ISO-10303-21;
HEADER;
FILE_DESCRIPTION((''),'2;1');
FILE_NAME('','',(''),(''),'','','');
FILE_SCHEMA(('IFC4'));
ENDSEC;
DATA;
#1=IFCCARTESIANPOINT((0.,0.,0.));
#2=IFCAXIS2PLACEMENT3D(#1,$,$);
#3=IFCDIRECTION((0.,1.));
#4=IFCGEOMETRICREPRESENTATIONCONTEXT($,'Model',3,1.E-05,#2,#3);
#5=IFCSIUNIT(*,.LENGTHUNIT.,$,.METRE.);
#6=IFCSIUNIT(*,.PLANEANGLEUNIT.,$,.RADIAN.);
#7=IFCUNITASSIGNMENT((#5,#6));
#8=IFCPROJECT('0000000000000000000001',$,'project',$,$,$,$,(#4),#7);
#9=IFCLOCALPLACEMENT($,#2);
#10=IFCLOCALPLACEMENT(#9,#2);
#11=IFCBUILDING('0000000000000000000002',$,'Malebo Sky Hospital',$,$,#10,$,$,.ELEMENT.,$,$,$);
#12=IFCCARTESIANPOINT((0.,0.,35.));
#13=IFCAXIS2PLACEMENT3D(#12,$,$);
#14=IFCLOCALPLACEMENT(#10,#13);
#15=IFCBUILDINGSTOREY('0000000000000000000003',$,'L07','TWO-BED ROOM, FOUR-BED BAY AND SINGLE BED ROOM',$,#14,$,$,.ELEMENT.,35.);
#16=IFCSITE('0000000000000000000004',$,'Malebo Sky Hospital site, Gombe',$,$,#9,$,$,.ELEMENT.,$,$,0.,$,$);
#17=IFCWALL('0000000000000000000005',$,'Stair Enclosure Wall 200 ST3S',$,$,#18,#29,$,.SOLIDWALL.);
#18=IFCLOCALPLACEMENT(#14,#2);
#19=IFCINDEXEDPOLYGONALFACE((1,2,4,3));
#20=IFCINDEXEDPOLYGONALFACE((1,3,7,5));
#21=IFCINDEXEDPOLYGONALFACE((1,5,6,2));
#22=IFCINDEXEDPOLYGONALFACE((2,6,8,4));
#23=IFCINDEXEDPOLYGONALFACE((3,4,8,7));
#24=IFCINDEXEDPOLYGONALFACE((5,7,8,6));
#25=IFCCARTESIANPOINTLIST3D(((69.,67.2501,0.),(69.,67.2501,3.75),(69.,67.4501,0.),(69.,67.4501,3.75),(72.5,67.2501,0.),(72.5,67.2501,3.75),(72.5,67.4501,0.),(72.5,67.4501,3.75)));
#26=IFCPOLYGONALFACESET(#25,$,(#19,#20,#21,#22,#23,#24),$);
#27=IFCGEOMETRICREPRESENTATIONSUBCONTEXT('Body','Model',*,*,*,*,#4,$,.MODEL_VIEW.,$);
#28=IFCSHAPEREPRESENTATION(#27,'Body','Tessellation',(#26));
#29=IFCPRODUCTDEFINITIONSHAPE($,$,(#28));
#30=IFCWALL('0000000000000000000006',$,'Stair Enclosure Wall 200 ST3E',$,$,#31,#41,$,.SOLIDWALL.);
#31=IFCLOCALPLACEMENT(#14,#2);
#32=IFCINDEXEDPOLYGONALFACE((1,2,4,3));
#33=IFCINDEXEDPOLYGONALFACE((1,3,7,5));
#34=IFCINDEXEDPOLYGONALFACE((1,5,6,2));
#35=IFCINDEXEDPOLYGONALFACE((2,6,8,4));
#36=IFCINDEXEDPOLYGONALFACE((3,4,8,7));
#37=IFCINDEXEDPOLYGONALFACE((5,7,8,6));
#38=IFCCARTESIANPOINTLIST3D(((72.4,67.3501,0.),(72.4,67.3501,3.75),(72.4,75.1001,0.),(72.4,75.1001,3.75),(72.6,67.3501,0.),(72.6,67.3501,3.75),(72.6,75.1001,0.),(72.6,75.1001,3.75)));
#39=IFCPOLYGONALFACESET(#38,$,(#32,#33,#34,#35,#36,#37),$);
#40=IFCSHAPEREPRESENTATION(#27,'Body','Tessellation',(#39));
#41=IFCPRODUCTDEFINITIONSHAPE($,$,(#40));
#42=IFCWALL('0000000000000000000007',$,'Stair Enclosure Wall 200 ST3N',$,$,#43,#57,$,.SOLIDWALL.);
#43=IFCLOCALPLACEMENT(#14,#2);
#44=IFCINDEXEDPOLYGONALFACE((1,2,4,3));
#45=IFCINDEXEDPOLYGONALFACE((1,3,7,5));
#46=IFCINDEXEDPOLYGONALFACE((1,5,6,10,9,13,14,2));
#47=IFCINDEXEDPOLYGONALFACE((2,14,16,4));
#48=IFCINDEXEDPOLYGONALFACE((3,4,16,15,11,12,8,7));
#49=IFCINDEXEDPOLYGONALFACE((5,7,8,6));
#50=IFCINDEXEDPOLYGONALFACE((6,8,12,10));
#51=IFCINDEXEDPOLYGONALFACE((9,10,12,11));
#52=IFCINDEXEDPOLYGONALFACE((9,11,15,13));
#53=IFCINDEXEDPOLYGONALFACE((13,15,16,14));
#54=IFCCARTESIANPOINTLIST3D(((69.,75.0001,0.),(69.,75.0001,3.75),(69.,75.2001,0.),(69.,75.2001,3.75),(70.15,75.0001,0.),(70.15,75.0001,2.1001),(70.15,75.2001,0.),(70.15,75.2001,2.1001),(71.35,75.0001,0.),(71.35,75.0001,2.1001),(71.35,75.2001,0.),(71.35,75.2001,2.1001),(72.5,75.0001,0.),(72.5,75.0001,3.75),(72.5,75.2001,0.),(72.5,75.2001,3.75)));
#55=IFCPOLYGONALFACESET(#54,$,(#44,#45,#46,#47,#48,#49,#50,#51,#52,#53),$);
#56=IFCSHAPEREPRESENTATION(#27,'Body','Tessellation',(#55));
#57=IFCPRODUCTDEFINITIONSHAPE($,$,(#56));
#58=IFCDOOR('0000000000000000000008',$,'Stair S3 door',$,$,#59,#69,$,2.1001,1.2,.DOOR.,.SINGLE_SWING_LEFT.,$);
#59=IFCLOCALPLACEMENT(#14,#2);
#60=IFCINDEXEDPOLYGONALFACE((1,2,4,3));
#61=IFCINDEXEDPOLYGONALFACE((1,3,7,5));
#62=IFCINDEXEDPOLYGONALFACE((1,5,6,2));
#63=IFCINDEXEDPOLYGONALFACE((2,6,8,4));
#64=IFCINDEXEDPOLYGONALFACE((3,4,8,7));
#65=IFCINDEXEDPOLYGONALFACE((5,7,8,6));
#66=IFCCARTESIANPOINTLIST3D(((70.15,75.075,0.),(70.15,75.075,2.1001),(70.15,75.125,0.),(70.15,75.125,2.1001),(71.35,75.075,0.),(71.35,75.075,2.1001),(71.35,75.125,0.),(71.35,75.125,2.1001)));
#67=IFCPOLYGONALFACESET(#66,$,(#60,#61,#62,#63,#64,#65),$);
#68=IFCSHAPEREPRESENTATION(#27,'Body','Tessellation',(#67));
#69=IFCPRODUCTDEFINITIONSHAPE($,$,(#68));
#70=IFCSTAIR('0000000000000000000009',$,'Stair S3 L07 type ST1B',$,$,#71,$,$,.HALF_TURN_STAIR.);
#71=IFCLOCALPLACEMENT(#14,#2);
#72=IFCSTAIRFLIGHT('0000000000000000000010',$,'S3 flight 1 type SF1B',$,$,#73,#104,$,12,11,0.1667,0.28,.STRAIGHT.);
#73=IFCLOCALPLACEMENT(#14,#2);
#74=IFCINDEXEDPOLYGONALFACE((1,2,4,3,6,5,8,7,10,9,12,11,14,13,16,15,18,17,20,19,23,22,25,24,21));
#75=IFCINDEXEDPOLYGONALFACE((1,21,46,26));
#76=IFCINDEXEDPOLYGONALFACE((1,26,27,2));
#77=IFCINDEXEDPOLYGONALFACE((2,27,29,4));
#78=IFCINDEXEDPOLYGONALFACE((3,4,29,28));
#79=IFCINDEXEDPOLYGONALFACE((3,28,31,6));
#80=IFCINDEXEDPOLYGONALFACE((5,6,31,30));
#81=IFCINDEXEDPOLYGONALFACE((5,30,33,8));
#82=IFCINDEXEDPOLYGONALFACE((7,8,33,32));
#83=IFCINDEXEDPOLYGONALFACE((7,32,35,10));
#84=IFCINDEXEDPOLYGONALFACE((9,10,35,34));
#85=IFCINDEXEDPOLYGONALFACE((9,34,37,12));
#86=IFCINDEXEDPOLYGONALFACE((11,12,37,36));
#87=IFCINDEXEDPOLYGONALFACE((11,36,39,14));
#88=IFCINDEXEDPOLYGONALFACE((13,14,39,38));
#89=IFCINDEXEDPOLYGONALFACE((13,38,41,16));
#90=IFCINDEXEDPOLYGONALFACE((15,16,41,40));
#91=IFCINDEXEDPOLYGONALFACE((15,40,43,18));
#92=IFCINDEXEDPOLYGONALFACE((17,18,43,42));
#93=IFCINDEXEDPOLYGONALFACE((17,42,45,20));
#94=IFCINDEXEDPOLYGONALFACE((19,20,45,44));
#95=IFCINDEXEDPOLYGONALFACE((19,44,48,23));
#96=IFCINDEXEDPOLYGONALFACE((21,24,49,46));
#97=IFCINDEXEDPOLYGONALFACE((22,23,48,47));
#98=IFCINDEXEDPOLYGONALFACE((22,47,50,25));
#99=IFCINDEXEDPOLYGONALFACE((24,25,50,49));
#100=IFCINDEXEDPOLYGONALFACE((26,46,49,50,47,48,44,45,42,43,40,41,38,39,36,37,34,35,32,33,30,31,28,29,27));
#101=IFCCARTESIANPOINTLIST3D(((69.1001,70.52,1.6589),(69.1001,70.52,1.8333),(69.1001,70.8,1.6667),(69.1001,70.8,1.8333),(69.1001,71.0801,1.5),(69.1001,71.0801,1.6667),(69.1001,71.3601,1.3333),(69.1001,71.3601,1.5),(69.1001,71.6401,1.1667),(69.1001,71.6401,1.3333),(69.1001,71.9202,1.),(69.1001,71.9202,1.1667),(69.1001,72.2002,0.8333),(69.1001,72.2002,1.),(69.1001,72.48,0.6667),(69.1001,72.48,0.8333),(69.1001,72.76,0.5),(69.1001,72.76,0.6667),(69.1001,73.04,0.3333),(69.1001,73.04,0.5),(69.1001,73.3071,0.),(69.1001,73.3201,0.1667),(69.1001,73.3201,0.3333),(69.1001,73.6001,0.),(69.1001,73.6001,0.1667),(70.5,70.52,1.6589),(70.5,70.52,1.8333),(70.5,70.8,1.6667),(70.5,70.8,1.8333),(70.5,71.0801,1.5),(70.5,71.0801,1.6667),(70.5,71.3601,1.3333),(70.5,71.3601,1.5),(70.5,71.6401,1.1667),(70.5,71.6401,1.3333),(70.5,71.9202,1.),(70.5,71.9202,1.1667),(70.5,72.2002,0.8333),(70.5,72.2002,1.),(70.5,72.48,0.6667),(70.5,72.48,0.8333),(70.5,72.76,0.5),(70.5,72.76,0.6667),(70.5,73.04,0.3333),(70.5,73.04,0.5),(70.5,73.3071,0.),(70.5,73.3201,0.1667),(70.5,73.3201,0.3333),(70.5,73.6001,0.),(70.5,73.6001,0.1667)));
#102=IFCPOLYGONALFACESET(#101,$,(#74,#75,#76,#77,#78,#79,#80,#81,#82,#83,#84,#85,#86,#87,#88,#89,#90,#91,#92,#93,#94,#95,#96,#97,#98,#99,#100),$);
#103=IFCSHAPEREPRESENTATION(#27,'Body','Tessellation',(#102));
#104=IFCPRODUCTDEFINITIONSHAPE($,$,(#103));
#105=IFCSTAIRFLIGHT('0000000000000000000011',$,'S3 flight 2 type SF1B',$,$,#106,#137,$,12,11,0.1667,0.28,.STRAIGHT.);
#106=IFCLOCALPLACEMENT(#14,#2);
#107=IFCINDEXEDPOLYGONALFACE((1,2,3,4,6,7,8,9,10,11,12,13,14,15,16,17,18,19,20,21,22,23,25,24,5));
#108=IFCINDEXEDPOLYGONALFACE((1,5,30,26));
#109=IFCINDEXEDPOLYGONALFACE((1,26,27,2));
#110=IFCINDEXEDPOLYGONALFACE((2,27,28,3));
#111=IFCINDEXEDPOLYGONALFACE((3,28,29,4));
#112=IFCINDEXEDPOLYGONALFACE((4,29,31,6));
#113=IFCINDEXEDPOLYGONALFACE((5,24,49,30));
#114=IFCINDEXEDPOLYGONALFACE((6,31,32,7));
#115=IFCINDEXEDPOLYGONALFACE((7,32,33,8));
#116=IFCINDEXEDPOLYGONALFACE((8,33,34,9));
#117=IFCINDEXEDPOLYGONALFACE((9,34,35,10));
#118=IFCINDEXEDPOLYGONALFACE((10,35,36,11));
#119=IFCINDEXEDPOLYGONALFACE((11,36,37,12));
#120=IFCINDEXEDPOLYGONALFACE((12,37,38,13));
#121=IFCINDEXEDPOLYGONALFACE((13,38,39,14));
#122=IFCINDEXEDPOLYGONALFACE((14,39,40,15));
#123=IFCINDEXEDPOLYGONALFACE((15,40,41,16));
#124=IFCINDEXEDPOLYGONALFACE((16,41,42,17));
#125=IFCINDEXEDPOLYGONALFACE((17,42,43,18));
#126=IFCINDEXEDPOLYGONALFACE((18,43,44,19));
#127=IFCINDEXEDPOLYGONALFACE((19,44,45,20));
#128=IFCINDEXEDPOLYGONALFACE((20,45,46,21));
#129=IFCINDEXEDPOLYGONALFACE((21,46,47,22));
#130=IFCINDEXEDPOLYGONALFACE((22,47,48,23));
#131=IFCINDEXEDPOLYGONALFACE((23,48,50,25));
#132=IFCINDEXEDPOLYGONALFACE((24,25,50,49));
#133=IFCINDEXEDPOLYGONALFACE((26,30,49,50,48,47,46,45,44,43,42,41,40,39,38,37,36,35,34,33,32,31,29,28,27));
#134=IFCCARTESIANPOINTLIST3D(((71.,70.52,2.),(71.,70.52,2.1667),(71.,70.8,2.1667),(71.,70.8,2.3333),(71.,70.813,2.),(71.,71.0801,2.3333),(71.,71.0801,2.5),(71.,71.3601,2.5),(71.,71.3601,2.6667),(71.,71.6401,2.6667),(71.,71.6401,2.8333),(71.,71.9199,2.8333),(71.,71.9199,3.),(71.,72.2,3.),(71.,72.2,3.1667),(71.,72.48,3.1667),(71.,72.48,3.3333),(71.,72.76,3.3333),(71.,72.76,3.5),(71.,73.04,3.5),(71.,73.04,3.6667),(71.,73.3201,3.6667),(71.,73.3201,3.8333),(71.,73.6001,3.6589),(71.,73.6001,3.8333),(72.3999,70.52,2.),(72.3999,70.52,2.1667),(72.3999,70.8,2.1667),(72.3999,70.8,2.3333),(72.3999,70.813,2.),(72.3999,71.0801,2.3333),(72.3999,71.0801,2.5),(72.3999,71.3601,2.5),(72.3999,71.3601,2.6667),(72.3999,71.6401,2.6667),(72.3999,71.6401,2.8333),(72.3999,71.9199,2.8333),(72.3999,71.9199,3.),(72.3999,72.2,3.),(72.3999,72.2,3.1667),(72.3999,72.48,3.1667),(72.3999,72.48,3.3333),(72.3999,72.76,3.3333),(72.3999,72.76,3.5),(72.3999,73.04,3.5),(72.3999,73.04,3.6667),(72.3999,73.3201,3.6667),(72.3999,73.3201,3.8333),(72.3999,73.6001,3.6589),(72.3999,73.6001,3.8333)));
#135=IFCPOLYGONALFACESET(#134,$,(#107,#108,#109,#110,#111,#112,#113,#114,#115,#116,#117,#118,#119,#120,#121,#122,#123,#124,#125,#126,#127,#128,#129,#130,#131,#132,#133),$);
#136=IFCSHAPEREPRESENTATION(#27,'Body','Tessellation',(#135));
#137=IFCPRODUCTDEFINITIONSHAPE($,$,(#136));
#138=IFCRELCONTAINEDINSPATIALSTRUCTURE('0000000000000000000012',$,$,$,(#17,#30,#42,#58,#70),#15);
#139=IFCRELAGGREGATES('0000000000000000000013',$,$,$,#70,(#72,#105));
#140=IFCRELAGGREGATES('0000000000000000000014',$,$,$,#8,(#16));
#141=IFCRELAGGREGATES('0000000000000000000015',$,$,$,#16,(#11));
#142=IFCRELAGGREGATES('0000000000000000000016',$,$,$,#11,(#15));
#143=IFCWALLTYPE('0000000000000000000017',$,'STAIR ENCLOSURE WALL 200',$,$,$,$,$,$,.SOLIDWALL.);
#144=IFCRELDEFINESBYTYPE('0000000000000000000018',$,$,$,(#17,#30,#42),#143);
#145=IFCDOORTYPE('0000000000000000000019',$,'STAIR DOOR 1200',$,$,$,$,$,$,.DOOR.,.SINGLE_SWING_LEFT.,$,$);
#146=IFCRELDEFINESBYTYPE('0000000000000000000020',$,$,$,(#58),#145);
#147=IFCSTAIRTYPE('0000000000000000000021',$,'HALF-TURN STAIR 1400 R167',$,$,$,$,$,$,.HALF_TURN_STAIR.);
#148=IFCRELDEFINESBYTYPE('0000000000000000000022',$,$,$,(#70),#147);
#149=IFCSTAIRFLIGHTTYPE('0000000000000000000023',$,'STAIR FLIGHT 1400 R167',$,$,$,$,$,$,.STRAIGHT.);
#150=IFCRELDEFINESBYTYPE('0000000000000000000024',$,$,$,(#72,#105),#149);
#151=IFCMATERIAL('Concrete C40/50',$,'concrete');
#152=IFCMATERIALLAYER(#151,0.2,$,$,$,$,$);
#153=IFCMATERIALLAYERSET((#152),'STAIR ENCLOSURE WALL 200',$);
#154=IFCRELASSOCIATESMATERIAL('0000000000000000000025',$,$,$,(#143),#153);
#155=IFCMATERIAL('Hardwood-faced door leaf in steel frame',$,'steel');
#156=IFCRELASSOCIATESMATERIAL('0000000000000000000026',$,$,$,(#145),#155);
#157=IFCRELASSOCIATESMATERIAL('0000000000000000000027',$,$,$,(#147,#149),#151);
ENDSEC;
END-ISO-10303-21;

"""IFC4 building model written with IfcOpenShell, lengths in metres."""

from ifc_helpers import new_model, si_unit, direction, frame, frame_2d, origin, place, context, subcontext, project, spatial, polyline, rectangle, outline, extrude, material, layer, layer_set, type_object, element, fill, aggregate, save


model = new_model("IFC4")

# Units and contexts
model_context = context("Model", 3, precision=1e-05, world=origin(), true_north=direction((0.0, 1.0)))
body_context = subcontext(model_context, "Body", "Model", "MODEL_VIEW")
ifc_project = project(units=[si_unit("LENGTHUNIT", "METRE"), si_unit("PLANEANGLEUNIT", "RADIAN")], contexts=[model_context])

# Site, building, storey
site_placement = place(None, origin())
site = spatial("IfcSite", under=ifc_project, at=site_placement, Name="Malebo Sky Hospital site, Gombe", CompositionType="ELEMENT", RefElevation=0.0)
building_placement = place(site_placement, origin())
building = spatial("IfcBuilding", under=site, at=building_placement, Name="Malebo Sky Hospital", CompositionType="ELEMENT")
storey_placement = place(building_placement, frame((0.0, 0.0, 35.0)))
storey = spatial("IfcBuildingStorey", under=building, at=storey_placement, Name="L07", Description="TWO-BED ROOM, FOUR-BED BAY AND SINGLE BED ROOM", CompositionType="ELEMENT", Elevation=35.0)

# Shared definitions
ifc_material_1 = material(Name="Hardwood-faced door leaf in steel frame", Category="steel")

# Walls
ifc_material_2 = material(Name="Concrete C40/50", Category="concrete")
ifc_layer_1 = layer(ifc_material_2, 0.2)
ifc_layer_set_1 = layer_set([ifc_layer_1], Name="STAIR ENCLOSURE WALL 200")
wall_type_1 = type_object("IfcWallType", Name="STAIR ENCLOSURE WALL 200", PredefinedType="SOLIDWALL", material=ifc_layer_set_1)
wall_1_placement = place(storey_placement, frame((69.0, 67.3501, 0.0), z_axis=(0.0, 0.0, 1.0), x_axis=(1.0, 0.0, 0.0)))
element("IfcWall", 1, at=wall_1_placement, inside=storey, type_object=wall_type_1, Name="Stair Enclosure Wall 200 ST3S", PredefinedType="SOLIDWALL", context=body_context, shape_type="SweptSolid", body=[
    extrude(rectangle(XDim=3.5, YDim=0.2, at=frame_2d((1.75, 0.0))), origin(), (0.0, 0.0, 1.0), 3.75),
])
wall_2_placement = place(storey_placement, frame((72.5, 67.3501, 0.0), z_axis=(0.0, 0.0, 1.0), x_axis=(0.0, 1.0, 0.0)))
element("IfcWall", 2, at=wall_2_placement, inside=storey, type_object=wall_type_1, Name="Stair Enclosure Wall 200 ST3E", PredefinedType="SOLIDWALL", context=body_context, shape_type="SweptSolid", body=[
    extrude(rectangle(XDim=7.75, YDim=0.2, at=frame_2d((3.875, 0.0))), origin(), (0.0, 0.0, 1.0), 3.75),
])

# Wall, opening, door
wall_3_placement = place(storey_placement, frame((69.0, 75.1001, 0.0), z_axis=(0.0, 0.0, 1.0), x_axis=(1.0, 0.0, 0.0)))
wall_3 = element("IfcWall", 3, at=wall_3_placement, inside=storey, type_object=wall_type_1, Name="Stair Enclosure Wall 200 ST3N", PredefinedType="SOLIDWALL", context=body_context, shape_type="SweptSolid", body=[
    extrude(rectangle(XDim=3.5, YDim=0.2, at=frame_2d((1.75, 0.0))), origin(), (0.0, 0.0, 1.0), 3.75),
])
opening_1_placement = place(wall_3_placement, frame((1.1499, 0.0, 0.0)))
opening_1 = element("IfcOpeningElement", 4, at=opening_1_placement, cuts=wall_3, PredefinedType="OPENING", context=body_context, shape_type="SweptSolid", body=[
    extrude(rectangle(XDim=1.2, YDim=2.1001, at=frame_2d((0.6001, 1.05))), frame((0.0, 0.1099, 0.0), z_axis=(0.0, -1.0, 0.0), x_axis=(1.0, 0.0, 0.0)), (0.0, 0.0, 1.0), 0.22),
])
door_type_1 = type_object("IfcDoorType", Name="STAIR DOOR 1200", OperationType="SINGLE_SWING_LEFT", PredefinedType="DOOR", material=ifc_material_1)
door_1_placement = place(opening_1_placement, origin())
door_1 = element("IfcDoor", 5, at=door_1_placement, inside=storey, type_object=door_type_1, Name="Stair S3 door", OperationType="SINGLE_SWING_LEFT", OverallHeight=2.1001, OverallWidth=1.2, PredefinedType="DOOR", context=body_context, shape_type="SweptSolid", body=[
    extrude(rectangle(XDim=1.2, YDim=2.1001, at=frame_2d((0.6001, 1.05))), frame((0.0, 0.0249, 0.0), z_axis=(0.0, -1.0, 0.0), x_axis=(1.0, 0.0, 0.0)), (0.0, 0.0, 1.0), 0.05),
])
fill(opening_1, door_1)

# Stair, stair flights
stair_type = type_object("IfcStairType", Name="HALF-TURN STAIR 1400 R167", PredefinedType="HALF_TURN_STAIR", material=ifc_material_2)
stair_placement = place(storey_placement, origin())
stair = element("IfcStair", 6, at=stair_placement, inside=storey, type_object=stair_type, Name="Stair S3 L07 type ST1B", PredefinedType="HALF_TURN_STAIR")
stair_flight_type = type_object("IfcStairFlightType", Name="STAIR FLIGHT 1400 R167", PredefinedType="STRAIGHT", material=ifc_material_2)
stair_flight_1_placement = place(storey_placement, frame((69.8, 73.6001, 0.0), z_axis=(0.0, 0.0, 1.0), x_axis=(0.0, -1.0, 0.0)))
stair_flight_1 = element("IfcStairFlight", 7, at=stair_flight_1_placement, type_object=stair_flight_type, Name="S3 flight 1 type SF1B", NumberOfRisers=12, NumberOfTreads=11, PredefinedType="STRAIGHT", RiserHeight=0.1667, TreadLength=0.28, context=body_context, shape_type="SweptSolid", body=[
    extrude(outline(polyline([(0.0, 0.0), (0.0, 0.1667), (0.28, 0.1667), (0.28, 0.3333), (0.5601, 0.3333), (0.5601, 0.5), (0.8401, 0.5), (0.8401, 0.6667), (1.1201, 0.6667), (1.1201, 0.8333), (1.3999, 0.8333), (1.3999, 1.0), (1.6799, 1.0), (1.6799, 1.1667), (1.96, 1.1667), (1.96, 1.3333), (2.24, 1.3333), (2.24, 1.5), (2.52, 1.5), (2.52, 1.6667), (2.8, 1.6667), (2.8, 1.8333), (3.0801, 1.8333), (3.0801, 2.0), (3.0801, 1.6589), (0.293, 0.0), (0.0, 0.0)])), frame((0.0, 0.7, 0.0), z_axis=(0.0, -1.0, 0.0), x_axis=(1.0, 0.0, 0.0)), (0.0, 0.0, 1.0), 1.3999),
])
stair_flight_2_placement = place(storey_placement, frame((71.7, 70.52, 2.0), z_axis=(0.0, 0.0, 1.0), x_axis=(0.0, 1.0, 0.0)))
stair_flight_2 = element("IfcStairFlight", 8, at=stair_flight_2_placement, type_object=stair_flight_type, Name="S3 flight 2 type SF1B", NumberOfRisers=12, NumberOfTreads=11, PredefinedType="STRAIGHT", RiserHeight=0.1667, TreadLength=0.28, context=body_context, shape_type="SweptSolid", body=[
    extrude(outline(polyline([(0.0, 0.0), (0.0, 0.1667), (0.28, 0.1667), (0.28, 0.3333), (0.5601, 0.3333), (0.5601, 0.5), (0.8401, 0.5), (0.8401, 0.6667), (1.1201, 0.6667), (1.1201, 0.8333), (1.3999, 0.8333), (1.3999, 1.0), (1.6799, 1.0), (1.6799, 1.1667), (1.96, 1.1667), (1.96, 1.3333), (2.24, 1.3333), (2.24, 1.5), (2.52, 1.5), (2.52, 1.6667), (2.8, 1.6667), (2.8, 1.8333), (3.0801, 1.8333), (3.0801, 2.0), (3.0801, 1.6589), (0.293, 0.0), (0.0, 0.0)])), frame((0.0, 0.7, 0.0), z_axis=(0.0, -1.0, 0.0), x_axis=(1.0, 0.0, 0.0)), (0.0, 0.0, 1.0), 1.3999),
])
aggregate(stair, [stair_flight_1, stair_flight_2])

save(model, "model.ifc")
